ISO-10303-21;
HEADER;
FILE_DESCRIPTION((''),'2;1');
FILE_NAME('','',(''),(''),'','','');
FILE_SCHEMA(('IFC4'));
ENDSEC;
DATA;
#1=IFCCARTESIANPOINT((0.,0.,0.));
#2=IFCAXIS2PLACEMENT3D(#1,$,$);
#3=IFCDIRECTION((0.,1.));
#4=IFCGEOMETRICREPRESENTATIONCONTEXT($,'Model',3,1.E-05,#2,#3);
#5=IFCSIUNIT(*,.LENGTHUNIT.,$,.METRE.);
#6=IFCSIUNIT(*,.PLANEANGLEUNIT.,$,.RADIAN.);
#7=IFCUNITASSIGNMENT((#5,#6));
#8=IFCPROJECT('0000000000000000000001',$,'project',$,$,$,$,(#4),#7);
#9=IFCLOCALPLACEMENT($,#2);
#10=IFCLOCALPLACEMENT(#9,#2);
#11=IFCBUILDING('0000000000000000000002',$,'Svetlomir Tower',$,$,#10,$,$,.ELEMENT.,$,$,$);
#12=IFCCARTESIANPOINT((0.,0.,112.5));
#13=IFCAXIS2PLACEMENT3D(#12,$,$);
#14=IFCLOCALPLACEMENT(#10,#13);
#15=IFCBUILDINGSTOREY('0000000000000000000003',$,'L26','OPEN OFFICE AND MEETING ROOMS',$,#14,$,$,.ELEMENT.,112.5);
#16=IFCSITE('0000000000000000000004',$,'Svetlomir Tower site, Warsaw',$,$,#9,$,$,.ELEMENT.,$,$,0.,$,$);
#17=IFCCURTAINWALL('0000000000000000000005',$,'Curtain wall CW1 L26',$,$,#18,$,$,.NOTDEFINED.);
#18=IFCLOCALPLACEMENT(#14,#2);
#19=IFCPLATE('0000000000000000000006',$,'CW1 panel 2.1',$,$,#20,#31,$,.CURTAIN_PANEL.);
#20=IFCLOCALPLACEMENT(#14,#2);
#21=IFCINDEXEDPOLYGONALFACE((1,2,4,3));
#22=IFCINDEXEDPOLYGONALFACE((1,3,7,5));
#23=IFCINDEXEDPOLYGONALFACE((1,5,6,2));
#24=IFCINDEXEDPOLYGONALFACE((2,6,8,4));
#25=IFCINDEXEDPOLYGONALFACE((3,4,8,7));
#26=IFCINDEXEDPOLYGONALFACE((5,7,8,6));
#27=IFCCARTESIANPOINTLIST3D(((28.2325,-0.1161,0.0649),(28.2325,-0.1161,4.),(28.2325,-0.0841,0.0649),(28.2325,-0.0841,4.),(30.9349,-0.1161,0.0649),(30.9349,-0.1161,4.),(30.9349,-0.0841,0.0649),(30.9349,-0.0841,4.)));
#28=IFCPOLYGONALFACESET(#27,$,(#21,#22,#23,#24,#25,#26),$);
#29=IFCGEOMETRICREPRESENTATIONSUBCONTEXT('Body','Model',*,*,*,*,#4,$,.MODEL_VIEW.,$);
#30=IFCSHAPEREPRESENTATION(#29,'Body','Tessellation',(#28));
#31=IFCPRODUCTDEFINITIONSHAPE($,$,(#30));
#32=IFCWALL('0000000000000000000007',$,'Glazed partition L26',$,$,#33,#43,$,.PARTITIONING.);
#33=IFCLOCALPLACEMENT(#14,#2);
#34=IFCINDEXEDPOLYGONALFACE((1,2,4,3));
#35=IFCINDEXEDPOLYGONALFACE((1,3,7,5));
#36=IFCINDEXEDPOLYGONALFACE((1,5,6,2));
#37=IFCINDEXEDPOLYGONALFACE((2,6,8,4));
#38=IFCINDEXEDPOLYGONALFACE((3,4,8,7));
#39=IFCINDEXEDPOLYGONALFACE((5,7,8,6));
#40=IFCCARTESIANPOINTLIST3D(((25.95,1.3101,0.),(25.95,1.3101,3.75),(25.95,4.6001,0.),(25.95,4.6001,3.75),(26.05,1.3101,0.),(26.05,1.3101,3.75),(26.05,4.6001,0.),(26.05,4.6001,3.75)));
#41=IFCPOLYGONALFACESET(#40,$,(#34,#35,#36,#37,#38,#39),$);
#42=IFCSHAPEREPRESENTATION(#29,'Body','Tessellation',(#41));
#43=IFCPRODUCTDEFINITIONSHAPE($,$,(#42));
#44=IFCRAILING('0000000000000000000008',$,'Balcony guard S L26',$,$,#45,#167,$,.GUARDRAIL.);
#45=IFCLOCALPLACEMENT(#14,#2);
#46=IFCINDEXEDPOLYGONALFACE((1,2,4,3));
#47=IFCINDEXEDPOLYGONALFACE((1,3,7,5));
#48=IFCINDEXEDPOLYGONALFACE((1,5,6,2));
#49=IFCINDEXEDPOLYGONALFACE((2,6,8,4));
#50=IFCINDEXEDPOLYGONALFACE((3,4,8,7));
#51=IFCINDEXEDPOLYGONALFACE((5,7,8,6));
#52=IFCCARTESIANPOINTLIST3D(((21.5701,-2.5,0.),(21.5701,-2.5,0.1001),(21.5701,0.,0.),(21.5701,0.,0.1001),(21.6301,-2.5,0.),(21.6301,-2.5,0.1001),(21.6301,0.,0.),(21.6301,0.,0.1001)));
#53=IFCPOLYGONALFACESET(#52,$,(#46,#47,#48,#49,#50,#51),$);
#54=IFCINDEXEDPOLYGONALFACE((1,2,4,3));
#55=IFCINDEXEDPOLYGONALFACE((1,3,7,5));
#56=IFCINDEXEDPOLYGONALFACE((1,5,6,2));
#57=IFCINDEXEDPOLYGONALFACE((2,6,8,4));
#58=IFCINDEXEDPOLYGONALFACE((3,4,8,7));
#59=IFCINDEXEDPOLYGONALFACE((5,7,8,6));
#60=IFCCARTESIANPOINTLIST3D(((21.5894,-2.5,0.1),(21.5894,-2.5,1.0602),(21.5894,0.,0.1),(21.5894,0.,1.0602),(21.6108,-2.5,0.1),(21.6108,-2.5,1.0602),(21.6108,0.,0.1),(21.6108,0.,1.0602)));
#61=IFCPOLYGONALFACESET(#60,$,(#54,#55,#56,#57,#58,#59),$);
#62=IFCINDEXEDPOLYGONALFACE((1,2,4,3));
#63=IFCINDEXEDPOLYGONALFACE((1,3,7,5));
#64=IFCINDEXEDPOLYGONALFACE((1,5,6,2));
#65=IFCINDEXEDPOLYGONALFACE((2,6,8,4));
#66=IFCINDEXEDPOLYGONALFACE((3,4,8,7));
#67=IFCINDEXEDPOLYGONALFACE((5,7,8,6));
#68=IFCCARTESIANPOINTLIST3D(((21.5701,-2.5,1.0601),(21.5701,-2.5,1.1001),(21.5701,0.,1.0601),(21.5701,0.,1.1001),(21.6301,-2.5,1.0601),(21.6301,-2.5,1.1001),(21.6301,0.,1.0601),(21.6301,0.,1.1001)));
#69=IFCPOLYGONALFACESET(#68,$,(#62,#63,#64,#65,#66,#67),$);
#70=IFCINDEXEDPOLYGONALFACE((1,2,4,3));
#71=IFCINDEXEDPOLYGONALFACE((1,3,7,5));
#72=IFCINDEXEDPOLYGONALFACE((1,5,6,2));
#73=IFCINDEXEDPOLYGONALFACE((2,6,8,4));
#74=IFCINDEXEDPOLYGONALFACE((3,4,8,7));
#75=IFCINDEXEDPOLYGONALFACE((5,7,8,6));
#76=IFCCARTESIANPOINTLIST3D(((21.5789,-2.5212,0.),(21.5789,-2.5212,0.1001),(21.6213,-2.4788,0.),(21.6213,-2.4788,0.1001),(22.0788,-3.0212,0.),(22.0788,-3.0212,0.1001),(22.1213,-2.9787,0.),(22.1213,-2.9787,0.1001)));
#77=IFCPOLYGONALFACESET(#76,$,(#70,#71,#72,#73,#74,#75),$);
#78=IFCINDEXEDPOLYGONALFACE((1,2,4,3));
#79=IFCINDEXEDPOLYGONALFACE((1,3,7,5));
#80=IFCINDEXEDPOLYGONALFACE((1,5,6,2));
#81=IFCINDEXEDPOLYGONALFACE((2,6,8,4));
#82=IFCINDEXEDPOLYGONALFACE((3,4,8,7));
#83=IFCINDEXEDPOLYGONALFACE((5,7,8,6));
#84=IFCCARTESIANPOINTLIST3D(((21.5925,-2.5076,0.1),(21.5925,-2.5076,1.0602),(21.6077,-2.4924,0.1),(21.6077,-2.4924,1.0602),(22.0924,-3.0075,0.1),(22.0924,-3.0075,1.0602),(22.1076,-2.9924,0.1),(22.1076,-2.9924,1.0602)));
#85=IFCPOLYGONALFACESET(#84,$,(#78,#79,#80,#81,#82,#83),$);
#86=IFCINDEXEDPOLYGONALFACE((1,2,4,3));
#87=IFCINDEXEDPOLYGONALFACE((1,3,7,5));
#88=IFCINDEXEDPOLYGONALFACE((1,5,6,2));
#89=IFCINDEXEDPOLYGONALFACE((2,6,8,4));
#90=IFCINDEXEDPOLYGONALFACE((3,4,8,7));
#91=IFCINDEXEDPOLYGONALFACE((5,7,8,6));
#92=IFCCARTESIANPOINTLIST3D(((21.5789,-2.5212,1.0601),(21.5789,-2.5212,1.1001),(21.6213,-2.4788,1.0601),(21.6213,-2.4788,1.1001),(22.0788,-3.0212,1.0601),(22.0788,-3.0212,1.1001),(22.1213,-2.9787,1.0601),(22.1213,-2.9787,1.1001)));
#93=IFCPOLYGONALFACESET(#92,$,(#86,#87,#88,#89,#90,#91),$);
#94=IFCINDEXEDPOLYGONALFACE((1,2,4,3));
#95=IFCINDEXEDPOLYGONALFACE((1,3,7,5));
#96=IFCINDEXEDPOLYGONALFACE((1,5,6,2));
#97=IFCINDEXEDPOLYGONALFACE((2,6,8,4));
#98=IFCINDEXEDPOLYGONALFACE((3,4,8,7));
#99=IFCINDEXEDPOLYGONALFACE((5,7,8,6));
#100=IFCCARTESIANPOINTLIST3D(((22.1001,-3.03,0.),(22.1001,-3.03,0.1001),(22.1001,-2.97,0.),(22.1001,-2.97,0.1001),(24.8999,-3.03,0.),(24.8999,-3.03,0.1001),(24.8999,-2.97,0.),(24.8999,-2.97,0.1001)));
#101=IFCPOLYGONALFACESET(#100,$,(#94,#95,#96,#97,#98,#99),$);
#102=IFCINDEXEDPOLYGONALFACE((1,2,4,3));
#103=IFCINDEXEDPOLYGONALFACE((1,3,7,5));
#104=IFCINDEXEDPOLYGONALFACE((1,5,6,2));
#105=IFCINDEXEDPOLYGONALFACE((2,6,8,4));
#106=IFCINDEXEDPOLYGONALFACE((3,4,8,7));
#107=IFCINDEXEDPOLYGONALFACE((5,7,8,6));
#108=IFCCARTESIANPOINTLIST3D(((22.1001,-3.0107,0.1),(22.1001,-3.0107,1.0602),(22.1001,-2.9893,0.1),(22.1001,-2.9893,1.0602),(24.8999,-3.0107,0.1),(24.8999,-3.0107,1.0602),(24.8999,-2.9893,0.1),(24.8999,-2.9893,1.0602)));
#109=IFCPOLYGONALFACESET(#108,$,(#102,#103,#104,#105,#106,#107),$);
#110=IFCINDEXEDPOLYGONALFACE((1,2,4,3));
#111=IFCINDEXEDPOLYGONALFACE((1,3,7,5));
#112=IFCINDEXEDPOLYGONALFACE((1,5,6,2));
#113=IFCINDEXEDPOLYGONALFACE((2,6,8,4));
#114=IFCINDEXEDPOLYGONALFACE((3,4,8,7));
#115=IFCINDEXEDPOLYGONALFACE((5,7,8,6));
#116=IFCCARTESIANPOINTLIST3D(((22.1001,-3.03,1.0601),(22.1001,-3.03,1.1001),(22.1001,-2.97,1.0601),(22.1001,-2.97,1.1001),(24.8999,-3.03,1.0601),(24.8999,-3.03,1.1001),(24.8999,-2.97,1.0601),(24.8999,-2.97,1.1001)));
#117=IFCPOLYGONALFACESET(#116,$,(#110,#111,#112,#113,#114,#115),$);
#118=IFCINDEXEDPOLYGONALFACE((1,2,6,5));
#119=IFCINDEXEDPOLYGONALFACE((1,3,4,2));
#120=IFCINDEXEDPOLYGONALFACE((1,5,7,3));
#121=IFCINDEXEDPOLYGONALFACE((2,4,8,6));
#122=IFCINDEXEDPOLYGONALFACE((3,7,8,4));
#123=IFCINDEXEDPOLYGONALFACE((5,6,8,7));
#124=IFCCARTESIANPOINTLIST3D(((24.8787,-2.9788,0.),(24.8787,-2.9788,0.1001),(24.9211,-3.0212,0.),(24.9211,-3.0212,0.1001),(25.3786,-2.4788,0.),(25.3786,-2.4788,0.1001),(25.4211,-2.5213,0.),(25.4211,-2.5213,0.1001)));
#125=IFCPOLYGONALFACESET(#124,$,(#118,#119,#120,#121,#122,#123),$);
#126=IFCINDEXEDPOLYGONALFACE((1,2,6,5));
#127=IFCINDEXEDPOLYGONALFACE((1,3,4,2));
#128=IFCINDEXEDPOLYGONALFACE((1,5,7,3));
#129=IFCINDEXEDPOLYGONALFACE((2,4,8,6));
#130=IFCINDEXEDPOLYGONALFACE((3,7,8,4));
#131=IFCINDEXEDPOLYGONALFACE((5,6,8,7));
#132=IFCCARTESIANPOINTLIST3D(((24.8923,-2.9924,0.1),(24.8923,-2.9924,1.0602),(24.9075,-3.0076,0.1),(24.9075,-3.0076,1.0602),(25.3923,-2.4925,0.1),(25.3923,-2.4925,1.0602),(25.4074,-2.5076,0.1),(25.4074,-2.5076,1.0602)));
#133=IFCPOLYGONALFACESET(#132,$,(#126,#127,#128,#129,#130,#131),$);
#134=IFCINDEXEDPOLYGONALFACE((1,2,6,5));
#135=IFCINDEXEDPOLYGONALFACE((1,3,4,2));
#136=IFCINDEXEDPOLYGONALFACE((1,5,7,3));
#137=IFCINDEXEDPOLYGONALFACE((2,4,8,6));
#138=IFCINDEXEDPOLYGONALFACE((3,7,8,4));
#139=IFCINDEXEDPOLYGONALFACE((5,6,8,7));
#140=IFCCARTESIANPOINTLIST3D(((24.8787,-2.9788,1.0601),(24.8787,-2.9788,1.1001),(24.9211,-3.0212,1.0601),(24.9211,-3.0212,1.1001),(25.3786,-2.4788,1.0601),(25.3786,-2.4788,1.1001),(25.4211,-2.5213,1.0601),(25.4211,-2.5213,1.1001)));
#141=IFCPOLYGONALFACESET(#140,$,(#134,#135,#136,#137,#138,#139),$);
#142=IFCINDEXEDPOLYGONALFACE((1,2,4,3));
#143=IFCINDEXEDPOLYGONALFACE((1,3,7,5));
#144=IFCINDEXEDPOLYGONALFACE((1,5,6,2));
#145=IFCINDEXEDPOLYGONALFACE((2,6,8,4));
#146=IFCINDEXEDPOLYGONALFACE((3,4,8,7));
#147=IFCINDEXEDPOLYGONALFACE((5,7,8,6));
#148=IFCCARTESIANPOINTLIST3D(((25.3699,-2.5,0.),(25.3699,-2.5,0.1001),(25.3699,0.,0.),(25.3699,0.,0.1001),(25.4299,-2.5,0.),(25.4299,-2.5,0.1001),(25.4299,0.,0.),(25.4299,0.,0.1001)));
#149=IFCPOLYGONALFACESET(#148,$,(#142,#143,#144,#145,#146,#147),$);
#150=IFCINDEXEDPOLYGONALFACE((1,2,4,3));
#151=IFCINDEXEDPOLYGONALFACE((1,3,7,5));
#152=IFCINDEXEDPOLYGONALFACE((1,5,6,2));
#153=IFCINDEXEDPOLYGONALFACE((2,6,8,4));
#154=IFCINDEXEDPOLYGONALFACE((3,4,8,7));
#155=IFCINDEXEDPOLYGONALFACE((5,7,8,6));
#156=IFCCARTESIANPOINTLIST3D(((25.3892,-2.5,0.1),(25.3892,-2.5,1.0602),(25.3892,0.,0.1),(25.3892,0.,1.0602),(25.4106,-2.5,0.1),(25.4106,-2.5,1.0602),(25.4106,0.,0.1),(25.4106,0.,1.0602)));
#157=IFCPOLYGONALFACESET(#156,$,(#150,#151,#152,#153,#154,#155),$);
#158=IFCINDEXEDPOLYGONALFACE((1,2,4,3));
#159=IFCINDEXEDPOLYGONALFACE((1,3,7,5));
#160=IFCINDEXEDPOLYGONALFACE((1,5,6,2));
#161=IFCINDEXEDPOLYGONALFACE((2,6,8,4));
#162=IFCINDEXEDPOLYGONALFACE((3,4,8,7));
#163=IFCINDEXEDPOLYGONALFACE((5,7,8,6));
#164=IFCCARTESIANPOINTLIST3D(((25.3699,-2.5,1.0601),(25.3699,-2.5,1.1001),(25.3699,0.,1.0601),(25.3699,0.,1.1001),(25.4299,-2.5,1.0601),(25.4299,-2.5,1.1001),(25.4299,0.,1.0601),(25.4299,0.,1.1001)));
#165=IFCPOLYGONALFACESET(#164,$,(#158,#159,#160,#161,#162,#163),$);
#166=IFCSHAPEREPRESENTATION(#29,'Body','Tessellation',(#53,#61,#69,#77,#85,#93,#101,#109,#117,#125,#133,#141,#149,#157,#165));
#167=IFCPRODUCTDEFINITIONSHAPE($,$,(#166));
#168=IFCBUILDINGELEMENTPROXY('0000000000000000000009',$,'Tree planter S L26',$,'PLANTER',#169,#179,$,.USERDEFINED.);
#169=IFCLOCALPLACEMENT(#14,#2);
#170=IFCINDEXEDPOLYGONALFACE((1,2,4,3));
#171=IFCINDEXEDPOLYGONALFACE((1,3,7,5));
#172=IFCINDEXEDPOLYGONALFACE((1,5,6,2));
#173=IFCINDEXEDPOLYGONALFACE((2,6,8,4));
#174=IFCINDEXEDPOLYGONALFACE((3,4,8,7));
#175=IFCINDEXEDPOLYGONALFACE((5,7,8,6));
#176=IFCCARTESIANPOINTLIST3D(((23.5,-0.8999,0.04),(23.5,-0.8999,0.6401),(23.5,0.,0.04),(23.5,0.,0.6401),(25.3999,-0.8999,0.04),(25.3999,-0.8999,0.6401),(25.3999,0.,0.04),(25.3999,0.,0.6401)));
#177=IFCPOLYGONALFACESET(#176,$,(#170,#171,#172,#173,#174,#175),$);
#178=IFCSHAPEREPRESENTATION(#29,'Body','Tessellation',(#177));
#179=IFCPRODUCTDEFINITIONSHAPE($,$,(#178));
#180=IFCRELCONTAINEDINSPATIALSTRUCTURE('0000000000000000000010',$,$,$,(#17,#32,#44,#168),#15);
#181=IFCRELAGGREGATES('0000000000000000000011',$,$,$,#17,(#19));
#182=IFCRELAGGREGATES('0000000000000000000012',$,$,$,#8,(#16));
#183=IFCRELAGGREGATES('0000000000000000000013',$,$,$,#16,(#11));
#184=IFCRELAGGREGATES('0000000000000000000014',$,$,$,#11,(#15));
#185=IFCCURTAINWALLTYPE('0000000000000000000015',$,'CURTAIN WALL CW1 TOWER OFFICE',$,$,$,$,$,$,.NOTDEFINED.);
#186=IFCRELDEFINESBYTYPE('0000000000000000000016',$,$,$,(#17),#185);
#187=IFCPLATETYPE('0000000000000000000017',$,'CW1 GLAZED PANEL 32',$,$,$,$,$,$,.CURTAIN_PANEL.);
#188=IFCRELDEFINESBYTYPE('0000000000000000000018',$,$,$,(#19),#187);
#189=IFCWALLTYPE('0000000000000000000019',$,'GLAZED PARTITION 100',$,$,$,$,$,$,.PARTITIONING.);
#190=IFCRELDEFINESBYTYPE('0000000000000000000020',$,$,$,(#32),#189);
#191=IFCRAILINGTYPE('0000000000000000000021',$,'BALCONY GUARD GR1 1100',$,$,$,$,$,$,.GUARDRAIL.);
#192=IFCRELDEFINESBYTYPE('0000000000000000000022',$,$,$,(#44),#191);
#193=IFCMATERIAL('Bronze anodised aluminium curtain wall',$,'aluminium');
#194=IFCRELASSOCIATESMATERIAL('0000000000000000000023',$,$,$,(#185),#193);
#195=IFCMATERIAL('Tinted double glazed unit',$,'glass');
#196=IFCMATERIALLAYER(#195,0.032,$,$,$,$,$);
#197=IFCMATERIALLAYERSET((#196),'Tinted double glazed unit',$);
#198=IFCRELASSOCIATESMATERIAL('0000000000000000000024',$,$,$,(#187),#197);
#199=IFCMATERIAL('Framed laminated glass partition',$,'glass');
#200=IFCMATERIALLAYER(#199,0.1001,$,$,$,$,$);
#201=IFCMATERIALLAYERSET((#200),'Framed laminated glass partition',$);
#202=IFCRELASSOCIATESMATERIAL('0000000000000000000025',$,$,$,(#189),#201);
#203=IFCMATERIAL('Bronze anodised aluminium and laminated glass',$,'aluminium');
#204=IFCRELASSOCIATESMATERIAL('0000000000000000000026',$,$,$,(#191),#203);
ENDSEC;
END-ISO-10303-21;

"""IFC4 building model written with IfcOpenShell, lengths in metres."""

from ifc_helpers import new_model, si_unit, direction, frame, frame_2d, origin, origin_2d, place, context, subcontext, project, spatial, rectangle, extrude, material, layer, layer_set, type_object, element, aggregate, save


model = new_model("IFC4")

# Units and contexts
model_context = context("Model", 3, precision=1e-05, world=origin(), true_north=direction((0.0, 1.0)))
body_context = subcontext(model_context, "Body", "Model", "MODEL_VIEW")
ifc_project = project(units=[si_unit("LENGTHUNIT", "METRE"), si_unit("PLANEANGLEUNIT", "RADIAN")], contexts=[model_context])

# Site, building, storey
site_placement = place(None, origin())
site = spatial("IfcSite", under=ifc_project, at=site_placement, Name="Svetlomir Tower site, Warsaw", CompositionType="ELEMENT", RefElevation=0.0)
building_placement = place(site_placement, origin())
building = spatial("IfcBuilding", under=site, at=building_placement, Name="Svetlomir Tower", CompositionType="ELEMENT")
storey_placement = place(building_placement, frame((0.0, 0.0, 112.5)))
storey = spatial("IfcBuildingStorey", under=building, at=storey_placement, Name="L26", Description="OPEN OFFICE AND MEETING ROOMS", CompositionType="ELEMENT", Elevation=112.5)

# Curtain wall
ifc_material_1 = material(Name="Bronze anodised aluminium curtain wall", Category="aluminium")
curtain_wall_type = type_object("IfcCurtainWallType", Name="CURTAIN WALL CW1 TOWER OFFICE", PredefinedType="NOTDEFINED", material=ifc_material_1)
curtain_wall_1_placement = place(storey_placement, origin())
curtain_wall_1 = element("IfcCurtainWall", 1, at=curtain_wall_1_placement, inside=storey, type_object=curtain_wall_type, Name="Curtain wall CW1 L26", PredefinedType="NOTDEFINED")

# Plate
ifc_material_2 = material(Name="Tinted double glazed unit", Category="glass")
ifc_layer_1 = layer(ifc_material_2, 0.032)
ifc_layer_set_1 = layer_set([ifc_layer_1], Name="Tinted double glazed unit")
plate_type = type_object("IfcPlateType", Name="CW1 GLAZED PANEL 32", PredefinedType="CURTAIN_PANEL", material=ifc_layer_set_1)
plate_1_placement = place(storey_placement, frame((29.5837, -0.1001, 0.0649), z_axis=(0.0, 0.0, 1.0), x_axis=(1.0, 0.0, 0.0)))
plate_1 = element("IfcPlate", 2, at=plate_1_placement, type_object=plate_type, Name="CW1 panel 2.1", PredefinedType="CURTAIN_PANEL", context=body_context, shape_type="SweptSolid", body=[
    extrude(rectangle(XDim=2.7024, YDim=0.032, at=origin_2d()), origin(), (0.0, 0.0, 1.0), 3.9351),
])
aggregate(curtain_wall_1, [plate_1])

# Wall
ifc_material_3 = material(Name="Framed laminated glass partition", Category="glass")
ifc_layer_2 = layer(ifc_material_3, 0.1001)
ifc_layer_set_2 = layer_set([ifc_layer_2], Name="Framed laminated glass partition")
wall_type_1 = type_object("IfcWallType", Name="GLAZED PARTITION 100", PredefinedType="PARTITIONING", material=ifc_layer_set_2)
wall_1_placement = place(storey_placement, frame((26.0, 1.3101, 0.0), z_axis=(0.0, 0.0, 1.0), x_axis=(0.0, 1.0, 0.0)))
element("IfcWall", 3, at=wall_1_placement, inside=storey, type_object=wall_type_1, Name="Glazed partition L26", PredefinedType="PARTITIONING", context=body_context, shape_type="SweptSolid", body=[
    extrude(rectangle(XDim=3.29, YDim=0.1001, at=frame_2d((1.645, 0.0))), origin(), (0.0, 0.0, 1.0), 3.75),
])

# Railing
ifc_material_4 = material(Name="Bronze anodised aluminium and laminated glass", Category="aluminium")
railing_type = type_object("IfcRailingType", Name="BALCONY GUARD GR1 1100", PredefinedType="GUARDRAIL", material=ifc_material_4)
railing_placement = place(storey_placement, frame((21.6001, 0.0, 0.0)))
element("IfcRailing", 4, at=railing_placement, inside=storey, type_object=railing_type, Name="Balcony guard S L26", PredefinedType="GUARDRAIL", context=body_context, shape_type="SweptSolid", body=[
    extrude(rectangle(XDim=0.0601, YDim=0.1001, at=origin_2d()), frame((0.0, 0.0, 0.05), z_axis=(0.0, -1.0, 0.0), x_axis=(1.0, 0.0, 0.0)), (0.0, 0.0, 1.0), 2.5),
    extrude(rectangle(XDim=0.0215, YDim=0.9602, at=origin_2d()), frame((0.0, 0.0, 0.5801), z_axis=(0.0, -1.0, 0.0), x_axis=(1.0, 0.0, 0.0)), (0.0, 0.0, 1.0), 2.5),
    extrude(rectangle(XDim=0.0601, YDim=0.04, at=origin_2d()), frame((0.0, 0.0, 1.0801), z_axis=(0.0, -1.0, 0.0), x_axis=(1.0, 0.0, 0.0)), (0.0, 0.0, 1.0), 2.5),
    extrude(rectangle(XDim=0.0601, YDim=0.1001, at=origin_2d()), frame((0.0, -2.5, 0.05), z_axis=(0.707107, -0.707107, 0.0), x_axis=(0.707107, 0.707107, 0.0)), (0.0, 0.0, 1.0), 0.707),
    extrude(rectangle(XDim=0.0215, YDim=0.9602, at=origin_2d()), frame((0.0, -2.5, 0.5801), z_axis=(0.707107, -0.707107, 0.0), x_axis=(0.707107, 0.707107, 0.0)), (0.0, 0.0, 1.0), 0.707),
    extrude(rectangle(XDim=0.0601, YDim=0.04, at=origin_2d()), frame((0.0, -2.5, 1.0801), z_axis=(0.707107, -0.707107, 0.0), x_axis=(0.707107, 0.707107, 0.0)), (0.0, 0.0, 1.0), 0.707),
    extrude(rectangle(XDim=0.0601, YDim=0.1001, at=origin_2d()), frame((0.5, -3.0, 0.05), z_axis=(1.0, 0.0, 0.0), x_axis=(0.0, 1.0, 0.0)), (0.0, 0.0, 1.0), 2.7998),
    extrude(rectangle(XDim=0.0215, YDim=0.9602, at=origin_2d()), frame((0.5, -3.0, 0.5801), z_axis=(1.0, 0.0, 0.0), x_axis=(0.0, 1.0, 0.0)), (0.0, 0.0, 1.0), 2.7998),
    extrude(rectangle(XDim=0.0601, YDim=0.04, at=origin_2d()), frame((0.5, -3.0, 1.0801), z_axis=(1.0, 0.0, 0.0), x_axis=(0.0, 1.0, 0.0)), (0.0, 0.0, 1.0), 2.7998),
    extrude(rectangle(XDim=0.0601, YDim=0.1001, at=origin_2d()), frame((3.2998, -3.0, 0.05), z_axis=(0.707107, 0.707107, 0.0), x_axis=(-0.707107, 0.707107, 0.0)), (0.0, 0.0, 1.0), 0.707),
    extrude(rectangle(XDim=0.0215, YDim=0.9602, at=origin_2d()), frame((3.2998, -3.0, 0.5801), z_axis=(0.707107, 0.707107, 0.0), x_axis=(-0.707107, 0.707107, 0.0)), (0.0, 0.0, 1.0), 0.707),
    extrude(rectangle(XDim=0.0601, YDim=0.04, at=origin_2d()), frame((3.2998, -3.0, 1.0801), z_axis=(0.707107, 0.707107, 0.0), x_axis=(-0.707107, 0.707107, 0.0)), (0.0, 0.0, 1.0), 0.707),
    extrude(rectangle(XDim=0.0601, YDim=0.1001, at=origin_2d()), frame((3.7998, -2.5, 0.05), z_axis=(0.0, 1.0, 0.0), x_axis=(-1.0, 0.0, 0.0)), (0.0, 0.0, 1.0), 2.5),
    extrude(rectangle(XDim=0.0215, YDim=0.9602, at=origin_2d()), frame((3.7998, -2.5, 0.5801), z_axis=(0.0, 1.0, 0.0), x_axis=(-1.0, 0.0, 0.0)), (0.0, 0.0, 1.0), 2.5),
    extrude(rectangle(XDim=0.0601, YDim=0.04, at=origin_2d()), frame((3.7998, -2.5, 1.0801), z_axis=(0.0, 1.0, 0.0), x_axis=(-1.0, 0.0, 0.0)), (0.0, 0.0, 1.0), 2.5),
])

# Building element proxy
proxy_placement = place(storey_placement, frame((24.45, -0.45, 0.04), z_axis=(0.0, 0.0, 1.0), x_axis=(1.0, 0.0, 0.0)))
element("IfcBuildingElementProxy", 5, at=proxy_placement, inside=storey, Name="Tree planter S L26", ObjectType="PLANTER", PredefinedType="USERDEFINED", context=body_context, shape_type="SweptSolid", body=[
    extrude(rectangle(XDim=1.8999, YDim=0.8999, at=origin_2d()), origin(), (0.0, 0.0, 1.0), 0.6001),
])

save(model, "model.ifc")
